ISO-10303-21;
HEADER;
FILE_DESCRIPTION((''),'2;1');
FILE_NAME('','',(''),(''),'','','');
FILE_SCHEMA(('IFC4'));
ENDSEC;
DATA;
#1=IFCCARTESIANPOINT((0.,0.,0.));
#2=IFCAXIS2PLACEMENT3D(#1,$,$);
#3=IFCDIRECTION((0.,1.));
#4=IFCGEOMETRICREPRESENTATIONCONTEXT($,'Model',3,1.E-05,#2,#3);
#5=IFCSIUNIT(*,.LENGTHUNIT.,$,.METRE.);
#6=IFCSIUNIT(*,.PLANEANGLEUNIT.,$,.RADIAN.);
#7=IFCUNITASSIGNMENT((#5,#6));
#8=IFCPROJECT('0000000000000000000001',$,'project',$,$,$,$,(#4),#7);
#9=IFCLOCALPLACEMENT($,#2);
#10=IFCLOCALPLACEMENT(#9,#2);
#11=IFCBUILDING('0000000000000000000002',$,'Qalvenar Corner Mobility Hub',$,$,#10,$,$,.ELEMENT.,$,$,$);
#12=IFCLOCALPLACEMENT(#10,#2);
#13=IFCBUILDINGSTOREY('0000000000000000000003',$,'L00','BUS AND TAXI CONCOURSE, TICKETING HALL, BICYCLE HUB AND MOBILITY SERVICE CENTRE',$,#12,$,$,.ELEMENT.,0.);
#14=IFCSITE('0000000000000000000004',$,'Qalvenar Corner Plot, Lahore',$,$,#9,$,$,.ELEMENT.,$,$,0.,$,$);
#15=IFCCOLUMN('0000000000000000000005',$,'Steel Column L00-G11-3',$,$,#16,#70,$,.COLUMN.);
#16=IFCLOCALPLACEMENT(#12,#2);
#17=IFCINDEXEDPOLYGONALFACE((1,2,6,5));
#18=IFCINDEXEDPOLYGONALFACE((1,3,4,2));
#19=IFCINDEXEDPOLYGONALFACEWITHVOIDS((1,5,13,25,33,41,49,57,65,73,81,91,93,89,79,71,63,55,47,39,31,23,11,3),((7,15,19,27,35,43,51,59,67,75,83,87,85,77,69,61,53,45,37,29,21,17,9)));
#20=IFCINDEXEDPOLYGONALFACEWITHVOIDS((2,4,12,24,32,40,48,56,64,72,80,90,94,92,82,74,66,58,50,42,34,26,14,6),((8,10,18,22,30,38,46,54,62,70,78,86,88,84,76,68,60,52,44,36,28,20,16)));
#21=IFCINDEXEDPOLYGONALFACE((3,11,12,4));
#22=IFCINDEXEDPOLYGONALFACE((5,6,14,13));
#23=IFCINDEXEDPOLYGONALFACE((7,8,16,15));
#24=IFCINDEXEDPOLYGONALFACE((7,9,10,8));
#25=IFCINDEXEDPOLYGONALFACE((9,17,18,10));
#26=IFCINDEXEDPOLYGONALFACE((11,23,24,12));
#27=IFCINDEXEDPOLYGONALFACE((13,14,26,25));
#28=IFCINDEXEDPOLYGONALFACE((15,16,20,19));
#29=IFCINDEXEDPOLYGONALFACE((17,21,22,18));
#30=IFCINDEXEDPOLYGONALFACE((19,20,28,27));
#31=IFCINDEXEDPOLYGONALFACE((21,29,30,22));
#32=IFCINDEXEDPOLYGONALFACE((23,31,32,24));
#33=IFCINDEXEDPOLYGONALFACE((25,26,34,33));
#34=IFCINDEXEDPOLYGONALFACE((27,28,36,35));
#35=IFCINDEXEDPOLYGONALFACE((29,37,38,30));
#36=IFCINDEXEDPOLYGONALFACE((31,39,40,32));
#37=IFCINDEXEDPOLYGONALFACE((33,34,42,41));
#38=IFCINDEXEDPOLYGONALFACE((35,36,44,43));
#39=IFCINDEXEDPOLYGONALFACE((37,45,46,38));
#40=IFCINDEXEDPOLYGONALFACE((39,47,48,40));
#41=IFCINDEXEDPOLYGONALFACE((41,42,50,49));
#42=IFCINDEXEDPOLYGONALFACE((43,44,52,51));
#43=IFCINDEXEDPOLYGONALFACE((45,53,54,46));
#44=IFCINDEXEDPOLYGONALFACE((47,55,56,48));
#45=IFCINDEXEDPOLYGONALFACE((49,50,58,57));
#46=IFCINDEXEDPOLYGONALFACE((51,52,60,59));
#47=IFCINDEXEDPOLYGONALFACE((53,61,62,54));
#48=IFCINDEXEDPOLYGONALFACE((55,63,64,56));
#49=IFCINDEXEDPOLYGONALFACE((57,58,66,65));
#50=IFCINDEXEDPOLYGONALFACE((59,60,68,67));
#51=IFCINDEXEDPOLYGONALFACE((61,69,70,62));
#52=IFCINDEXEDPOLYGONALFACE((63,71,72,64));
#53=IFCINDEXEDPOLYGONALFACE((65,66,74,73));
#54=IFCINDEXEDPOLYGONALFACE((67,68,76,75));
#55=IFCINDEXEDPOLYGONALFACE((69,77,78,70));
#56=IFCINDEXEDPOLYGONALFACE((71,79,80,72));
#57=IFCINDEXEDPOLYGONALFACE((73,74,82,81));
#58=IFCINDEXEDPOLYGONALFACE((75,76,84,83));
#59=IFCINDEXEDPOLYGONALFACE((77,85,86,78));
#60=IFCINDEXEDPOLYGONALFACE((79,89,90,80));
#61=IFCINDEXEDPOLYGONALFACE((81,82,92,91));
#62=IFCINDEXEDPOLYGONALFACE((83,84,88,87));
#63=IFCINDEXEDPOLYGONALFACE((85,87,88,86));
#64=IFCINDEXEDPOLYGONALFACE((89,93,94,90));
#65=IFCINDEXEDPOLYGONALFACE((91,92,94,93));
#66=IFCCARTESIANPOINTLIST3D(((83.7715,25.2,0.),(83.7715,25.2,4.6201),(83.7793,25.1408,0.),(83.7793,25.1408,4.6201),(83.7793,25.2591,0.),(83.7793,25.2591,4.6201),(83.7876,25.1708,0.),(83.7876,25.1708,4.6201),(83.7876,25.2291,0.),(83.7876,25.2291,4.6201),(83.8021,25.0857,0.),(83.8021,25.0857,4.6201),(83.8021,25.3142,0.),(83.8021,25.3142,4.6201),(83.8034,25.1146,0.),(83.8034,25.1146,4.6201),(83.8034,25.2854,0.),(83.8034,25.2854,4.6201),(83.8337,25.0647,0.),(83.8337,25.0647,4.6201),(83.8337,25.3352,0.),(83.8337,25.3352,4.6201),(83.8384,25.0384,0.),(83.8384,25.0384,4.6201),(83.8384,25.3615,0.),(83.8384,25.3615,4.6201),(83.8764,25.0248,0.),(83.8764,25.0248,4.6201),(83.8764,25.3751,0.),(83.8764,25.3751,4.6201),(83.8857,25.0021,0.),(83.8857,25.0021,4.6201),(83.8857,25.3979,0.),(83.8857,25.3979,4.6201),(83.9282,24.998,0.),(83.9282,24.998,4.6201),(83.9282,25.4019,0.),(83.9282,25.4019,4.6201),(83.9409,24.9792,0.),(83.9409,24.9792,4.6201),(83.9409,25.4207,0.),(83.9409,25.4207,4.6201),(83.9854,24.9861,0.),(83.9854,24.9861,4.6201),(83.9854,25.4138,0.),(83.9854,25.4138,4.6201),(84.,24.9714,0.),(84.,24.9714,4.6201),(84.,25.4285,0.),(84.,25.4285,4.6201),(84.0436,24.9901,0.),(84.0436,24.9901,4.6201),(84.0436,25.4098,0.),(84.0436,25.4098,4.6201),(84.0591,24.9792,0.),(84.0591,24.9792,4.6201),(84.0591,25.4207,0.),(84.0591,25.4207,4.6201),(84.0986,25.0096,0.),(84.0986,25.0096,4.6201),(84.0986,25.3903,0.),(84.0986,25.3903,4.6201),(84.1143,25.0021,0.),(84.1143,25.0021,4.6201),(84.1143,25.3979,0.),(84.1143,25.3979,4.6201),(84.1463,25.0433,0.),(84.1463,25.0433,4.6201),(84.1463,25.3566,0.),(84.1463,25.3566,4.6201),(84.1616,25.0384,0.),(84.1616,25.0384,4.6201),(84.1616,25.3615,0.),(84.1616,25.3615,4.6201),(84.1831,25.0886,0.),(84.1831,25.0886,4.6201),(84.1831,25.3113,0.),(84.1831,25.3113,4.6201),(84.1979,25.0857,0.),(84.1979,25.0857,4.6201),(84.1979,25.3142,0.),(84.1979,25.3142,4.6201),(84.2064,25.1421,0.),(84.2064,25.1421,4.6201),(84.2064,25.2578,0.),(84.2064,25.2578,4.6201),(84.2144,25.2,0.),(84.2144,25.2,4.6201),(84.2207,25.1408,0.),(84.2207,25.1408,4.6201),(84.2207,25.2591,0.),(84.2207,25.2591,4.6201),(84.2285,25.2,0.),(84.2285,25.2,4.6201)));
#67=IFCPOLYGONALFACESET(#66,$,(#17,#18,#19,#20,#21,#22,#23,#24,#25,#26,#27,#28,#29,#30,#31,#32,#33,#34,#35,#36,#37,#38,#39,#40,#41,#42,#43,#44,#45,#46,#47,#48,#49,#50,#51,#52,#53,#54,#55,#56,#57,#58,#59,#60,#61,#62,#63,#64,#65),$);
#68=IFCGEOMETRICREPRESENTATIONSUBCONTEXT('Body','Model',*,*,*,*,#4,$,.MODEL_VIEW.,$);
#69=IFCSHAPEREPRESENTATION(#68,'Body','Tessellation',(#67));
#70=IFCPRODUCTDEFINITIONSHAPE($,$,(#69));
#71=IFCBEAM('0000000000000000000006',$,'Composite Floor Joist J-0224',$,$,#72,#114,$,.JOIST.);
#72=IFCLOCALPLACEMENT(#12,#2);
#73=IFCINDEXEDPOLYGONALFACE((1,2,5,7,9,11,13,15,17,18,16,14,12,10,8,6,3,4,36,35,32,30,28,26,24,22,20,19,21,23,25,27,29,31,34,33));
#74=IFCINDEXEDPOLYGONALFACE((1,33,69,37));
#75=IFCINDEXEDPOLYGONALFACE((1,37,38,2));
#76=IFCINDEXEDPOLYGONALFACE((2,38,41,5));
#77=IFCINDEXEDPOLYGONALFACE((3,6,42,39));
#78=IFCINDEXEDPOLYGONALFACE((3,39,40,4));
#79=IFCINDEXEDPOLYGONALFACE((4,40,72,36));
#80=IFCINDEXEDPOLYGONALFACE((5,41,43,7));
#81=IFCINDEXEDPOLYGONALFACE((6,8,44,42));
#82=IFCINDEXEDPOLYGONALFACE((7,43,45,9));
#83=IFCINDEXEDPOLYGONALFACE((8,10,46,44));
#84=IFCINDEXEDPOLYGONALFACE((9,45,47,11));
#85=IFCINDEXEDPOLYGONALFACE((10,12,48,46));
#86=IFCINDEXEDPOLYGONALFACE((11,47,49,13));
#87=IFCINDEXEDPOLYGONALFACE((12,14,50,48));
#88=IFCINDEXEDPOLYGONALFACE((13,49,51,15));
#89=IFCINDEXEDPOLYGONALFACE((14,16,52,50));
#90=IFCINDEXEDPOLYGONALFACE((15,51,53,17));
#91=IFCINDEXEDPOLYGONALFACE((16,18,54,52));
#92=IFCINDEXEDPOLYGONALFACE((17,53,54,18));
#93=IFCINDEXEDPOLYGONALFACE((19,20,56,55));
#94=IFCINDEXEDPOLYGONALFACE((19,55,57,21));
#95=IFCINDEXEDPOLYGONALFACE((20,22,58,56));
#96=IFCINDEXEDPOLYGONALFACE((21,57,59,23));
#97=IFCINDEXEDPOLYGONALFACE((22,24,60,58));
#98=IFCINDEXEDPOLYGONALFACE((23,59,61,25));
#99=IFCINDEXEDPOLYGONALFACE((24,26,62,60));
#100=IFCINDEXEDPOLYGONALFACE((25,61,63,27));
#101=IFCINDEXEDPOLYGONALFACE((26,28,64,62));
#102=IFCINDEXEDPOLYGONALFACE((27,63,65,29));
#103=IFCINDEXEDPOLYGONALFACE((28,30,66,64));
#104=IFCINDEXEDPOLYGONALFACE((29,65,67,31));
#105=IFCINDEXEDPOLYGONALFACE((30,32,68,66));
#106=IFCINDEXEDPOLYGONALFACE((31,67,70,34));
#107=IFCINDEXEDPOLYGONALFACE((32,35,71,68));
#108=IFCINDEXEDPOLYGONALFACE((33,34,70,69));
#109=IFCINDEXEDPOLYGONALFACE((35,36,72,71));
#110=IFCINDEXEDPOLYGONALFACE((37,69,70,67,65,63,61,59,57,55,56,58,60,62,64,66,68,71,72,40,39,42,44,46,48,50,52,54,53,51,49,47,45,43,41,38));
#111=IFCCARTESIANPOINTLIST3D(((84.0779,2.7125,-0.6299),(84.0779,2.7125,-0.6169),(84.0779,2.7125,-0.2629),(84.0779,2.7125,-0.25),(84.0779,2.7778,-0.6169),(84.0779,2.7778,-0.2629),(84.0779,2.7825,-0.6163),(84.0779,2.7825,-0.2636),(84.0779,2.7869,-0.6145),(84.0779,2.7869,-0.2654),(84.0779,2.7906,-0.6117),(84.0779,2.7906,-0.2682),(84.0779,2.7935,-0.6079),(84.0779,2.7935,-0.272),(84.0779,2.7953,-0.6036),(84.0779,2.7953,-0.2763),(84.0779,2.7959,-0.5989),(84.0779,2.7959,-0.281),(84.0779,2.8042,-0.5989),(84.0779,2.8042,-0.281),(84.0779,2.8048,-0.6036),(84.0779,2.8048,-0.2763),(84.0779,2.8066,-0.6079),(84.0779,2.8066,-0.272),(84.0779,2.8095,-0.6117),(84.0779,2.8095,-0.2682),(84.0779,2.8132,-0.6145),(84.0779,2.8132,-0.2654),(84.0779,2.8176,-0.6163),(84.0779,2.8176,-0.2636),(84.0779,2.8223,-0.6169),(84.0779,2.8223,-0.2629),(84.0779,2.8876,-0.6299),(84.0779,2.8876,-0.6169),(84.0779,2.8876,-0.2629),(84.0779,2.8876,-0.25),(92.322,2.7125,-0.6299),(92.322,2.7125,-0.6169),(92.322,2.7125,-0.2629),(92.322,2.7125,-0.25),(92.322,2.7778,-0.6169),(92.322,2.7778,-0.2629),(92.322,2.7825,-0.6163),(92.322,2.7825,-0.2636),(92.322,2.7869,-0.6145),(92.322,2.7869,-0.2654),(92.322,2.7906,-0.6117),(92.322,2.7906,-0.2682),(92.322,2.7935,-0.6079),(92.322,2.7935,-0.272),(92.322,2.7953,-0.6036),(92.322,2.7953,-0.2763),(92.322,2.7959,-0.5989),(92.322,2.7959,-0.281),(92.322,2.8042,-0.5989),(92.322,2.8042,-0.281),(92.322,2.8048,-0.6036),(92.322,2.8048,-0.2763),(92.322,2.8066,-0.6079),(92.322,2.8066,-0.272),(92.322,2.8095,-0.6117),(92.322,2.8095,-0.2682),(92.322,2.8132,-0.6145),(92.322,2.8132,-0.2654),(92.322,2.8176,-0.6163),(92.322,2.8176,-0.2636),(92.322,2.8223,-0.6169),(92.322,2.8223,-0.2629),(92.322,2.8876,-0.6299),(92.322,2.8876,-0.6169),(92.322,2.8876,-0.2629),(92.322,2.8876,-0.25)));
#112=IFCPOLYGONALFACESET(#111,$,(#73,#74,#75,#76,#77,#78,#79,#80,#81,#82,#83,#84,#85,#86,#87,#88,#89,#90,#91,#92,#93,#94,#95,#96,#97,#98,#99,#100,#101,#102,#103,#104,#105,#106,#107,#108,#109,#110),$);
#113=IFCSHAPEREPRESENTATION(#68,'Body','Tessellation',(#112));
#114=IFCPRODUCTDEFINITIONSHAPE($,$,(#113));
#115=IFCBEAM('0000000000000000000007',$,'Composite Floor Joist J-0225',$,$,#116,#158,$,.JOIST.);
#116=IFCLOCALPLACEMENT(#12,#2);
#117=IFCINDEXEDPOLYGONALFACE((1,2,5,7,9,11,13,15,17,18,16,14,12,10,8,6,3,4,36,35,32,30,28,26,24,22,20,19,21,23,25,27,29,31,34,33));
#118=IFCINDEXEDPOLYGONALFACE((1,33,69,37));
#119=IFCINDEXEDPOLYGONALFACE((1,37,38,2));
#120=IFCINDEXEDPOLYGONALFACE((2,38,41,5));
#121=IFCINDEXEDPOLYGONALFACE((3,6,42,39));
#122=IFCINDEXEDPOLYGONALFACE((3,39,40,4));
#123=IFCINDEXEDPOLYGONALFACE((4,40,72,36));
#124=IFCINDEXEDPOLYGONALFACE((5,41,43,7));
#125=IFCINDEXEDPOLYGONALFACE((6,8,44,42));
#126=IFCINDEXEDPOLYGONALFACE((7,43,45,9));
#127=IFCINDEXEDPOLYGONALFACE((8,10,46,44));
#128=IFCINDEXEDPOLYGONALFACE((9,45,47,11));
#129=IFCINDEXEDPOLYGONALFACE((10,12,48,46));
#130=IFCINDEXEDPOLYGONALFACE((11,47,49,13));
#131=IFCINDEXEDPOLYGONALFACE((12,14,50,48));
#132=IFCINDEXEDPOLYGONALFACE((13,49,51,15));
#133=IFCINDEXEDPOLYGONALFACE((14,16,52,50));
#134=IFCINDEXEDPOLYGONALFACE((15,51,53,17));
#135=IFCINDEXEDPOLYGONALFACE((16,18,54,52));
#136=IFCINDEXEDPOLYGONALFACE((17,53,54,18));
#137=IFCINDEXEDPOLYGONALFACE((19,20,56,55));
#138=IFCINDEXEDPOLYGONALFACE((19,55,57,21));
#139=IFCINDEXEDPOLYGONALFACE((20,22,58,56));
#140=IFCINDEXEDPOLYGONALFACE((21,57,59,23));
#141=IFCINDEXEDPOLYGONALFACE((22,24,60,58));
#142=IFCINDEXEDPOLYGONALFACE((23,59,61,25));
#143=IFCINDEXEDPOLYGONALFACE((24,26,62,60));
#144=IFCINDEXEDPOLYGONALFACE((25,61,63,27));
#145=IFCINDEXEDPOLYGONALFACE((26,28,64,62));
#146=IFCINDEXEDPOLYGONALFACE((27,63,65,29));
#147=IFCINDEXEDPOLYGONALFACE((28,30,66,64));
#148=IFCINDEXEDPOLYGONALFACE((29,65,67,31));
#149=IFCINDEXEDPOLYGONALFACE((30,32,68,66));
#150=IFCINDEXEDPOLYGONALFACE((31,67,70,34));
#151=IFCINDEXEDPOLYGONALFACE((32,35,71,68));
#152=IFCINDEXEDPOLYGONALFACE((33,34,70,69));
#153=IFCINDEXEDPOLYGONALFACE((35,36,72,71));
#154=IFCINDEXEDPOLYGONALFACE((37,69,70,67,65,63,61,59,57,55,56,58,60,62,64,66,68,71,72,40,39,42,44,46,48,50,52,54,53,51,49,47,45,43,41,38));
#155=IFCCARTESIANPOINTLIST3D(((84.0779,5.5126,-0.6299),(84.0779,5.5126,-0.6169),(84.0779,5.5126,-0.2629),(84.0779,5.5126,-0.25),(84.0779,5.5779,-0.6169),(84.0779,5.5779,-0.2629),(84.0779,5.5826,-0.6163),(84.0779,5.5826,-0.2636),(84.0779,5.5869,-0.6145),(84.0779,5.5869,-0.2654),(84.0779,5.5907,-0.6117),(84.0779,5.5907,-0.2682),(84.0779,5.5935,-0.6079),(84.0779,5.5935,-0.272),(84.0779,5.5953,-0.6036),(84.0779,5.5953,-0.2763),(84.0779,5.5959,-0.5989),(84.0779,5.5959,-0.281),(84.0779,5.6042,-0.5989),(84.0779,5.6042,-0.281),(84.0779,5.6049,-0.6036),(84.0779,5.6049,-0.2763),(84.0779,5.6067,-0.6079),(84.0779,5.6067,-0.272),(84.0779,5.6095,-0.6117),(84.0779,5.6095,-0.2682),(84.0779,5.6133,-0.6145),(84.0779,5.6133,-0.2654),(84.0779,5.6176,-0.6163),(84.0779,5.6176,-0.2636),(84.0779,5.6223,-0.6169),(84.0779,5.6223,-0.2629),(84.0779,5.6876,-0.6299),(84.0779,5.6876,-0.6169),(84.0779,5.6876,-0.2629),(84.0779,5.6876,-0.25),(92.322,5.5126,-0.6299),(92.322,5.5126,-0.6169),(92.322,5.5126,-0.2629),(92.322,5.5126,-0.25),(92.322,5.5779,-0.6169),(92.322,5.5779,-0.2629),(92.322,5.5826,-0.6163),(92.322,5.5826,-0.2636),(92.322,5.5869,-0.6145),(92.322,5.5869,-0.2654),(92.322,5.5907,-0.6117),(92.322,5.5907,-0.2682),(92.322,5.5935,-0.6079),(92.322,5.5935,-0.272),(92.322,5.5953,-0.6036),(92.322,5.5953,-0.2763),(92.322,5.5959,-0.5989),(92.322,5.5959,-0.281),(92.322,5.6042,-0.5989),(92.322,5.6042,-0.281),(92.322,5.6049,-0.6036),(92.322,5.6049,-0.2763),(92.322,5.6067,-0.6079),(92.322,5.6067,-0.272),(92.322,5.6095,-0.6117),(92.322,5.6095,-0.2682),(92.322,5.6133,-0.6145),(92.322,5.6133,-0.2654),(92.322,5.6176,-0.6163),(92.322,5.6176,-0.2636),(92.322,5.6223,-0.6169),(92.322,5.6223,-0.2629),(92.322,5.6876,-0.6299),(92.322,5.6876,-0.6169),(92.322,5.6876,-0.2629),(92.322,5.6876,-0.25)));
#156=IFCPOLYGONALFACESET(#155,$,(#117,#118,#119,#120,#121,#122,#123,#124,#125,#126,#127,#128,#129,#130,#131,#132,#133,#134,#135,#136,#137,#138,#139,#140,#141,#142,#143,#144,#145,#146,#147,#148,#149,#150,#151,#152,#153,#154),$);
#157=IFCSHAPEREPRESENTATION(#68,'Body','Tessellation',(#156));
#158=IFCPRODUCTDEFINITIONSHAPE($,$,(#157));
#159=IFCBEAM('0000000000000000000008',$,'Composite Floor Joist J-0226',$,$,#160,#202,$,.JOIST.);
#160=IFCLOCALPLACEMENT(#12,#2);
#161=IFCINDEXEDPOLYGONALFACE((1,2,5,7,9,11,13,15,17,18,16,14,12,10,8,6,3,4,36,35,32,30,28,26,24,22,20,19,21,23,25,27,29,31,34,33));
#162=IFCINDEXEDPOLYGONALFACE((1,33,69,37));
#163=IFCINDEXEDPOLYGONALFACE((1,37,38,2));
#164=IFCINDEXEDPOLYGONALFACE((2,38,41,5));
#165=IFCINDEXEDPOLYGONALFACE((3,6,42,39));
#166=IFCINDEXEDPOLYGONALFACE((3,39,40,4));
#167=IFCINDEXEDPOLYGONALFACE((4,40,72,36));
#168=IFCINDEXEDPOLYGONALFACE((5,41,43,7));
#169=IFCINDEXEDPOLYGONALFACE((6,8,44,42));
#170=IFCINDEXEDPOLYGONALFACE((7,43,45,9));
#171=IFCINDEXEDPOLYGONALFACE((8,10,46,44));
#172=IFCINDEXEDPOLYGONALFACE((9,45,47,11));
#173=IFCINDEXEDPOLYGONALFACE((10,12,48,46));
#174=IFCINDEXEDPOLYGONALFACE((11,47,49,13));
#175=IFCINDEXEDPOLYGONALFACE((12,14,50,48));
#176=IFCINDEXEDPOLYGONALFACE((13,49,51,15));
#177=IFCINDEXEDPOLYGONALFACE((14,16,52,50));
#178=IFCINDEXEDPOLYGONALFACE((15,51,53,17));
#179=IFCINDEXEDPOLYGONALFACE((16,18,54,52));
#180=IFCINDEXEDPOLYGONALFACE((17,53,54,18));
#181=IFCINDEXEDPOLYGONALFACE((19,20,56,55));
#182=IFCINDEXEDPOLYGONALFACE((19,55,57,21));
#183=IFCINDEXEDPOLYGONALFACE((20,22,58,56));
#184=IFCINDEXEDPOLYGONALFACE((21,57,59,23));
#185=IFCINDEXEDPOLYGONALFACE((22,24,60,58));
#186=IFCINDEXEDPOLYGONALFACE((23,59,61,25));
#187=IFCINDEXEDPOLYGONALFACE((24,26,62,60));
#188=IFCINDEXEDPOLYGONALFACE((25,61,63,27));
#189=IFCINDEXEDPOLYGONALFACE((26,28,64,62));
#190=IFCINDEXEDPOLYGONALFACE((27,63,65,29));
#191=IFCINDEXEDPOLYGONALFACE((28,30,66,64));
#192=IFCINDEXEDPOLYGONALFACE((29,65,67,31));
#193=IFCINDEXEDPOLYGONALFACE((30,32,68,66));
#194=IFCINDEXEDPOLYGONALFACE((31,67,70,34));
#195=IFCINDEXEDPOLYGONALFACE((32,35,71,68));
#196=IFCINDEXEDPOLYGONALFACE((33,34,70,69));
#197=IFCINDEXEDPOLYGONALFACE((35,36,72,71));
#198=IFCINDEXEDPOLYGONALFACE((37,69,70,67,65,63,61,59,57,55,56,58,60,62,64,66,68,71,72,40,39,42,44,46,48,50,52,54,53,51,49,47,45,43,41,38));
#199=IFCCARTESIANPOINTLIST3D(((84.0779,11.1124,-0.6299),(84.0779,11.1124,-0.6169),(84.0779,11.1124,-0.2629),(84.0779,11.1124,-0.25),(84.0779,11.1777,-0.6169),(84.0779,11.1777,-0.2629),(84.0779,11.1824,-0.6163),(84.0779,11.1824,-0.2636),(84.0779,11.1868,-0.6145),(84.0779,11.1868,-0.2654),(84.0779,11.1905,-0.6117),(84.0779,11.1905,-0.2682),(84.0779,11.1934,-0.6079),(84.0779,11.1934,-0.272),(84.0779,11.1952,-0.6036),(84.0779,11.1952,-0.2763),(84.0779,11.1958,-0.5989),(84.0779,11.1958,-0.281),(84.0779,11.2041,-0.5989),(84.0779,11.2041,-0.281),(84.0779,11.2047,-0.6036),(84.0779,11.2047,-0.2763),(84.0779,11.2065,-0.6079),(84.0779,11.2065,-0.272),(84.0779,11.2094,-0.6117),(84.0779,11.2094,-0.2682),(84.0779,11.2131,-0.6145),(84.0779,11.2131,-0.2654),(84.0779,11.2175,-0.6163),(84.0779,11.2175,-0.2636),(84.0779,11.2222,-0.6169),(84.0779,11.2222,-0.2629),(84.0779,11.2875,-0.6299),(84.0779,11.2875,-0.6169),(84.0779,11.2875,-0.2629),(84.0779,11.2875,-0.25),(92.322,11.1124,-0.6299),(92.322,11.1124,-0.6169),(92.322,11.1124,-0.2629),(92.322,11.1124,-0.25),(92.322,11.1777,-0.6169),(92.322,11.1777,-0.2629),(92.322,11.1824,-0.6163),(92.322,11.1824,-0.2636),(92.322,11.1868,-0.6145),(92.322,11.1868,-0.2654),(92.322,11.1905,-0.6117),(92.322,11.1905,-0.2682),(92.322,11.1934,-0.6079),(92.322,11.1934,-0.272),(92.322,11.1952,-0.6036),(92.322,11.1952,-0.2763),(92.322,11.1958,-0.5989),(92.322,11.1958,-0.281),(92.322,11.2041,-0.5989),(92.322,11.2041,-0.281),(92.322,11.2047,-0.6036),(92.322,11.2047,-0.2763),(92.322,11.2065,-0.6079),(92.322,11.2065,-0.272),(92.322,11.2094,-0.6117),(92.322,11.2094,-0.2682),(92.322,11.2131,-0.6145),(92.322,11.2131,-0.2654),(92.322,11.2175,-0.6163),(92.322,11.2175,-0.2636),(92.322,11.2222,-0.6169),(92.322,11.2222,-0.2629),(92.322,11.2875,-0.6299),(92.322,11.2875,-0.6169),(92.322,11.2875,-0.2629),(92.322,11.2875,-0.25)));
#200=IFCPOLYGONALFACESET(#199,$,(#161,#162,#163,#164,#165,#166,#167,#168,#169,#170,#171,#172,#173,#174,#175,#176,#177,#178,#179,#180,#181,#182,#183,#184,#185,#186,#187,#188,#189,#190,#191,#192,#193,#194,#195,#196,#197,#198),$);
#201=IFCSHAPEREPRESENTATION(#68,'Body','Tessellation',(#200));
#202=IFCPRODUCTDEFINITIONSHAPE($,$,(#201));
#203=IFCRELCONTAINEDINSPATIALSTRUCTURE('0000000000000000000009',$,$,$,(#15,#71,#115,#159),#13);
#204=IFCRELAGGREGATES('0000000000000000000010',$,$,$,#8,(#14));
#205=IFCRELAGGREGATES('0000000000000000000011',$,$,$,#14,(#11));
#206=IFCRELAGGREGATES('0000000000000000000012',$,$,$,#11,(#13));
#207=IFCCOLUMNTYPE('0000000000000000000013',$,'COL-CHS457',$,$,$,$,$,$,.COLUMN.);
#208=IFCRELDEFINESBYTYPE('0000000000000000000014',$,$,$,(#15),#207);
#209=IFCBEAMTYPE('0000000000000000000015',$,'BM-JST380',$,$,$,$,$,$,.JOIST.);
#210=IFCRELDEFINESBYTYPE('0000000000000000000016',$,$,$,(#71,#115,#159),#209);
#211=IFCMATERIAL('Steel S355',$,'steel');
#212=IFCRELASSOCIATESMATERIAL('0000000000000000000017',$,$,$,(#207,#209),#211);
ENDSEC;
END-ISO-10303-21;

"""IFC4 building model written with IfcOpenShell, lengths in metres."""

from ifc_helpers import new_model, si_unit, direction, frame, origin, origin_2d, place, context, subcontext, project, spatial, hollow_circle, i_section, extrude, material, material_profile, profile_set, type_object, element, save


model = new_model("IFC4")

# Units and contexts
model_context = context("Model", 3, precision=1e-05, world=origin(), true_north=direction((0.0, 1.0)))
body_context = subcontext(model_context, "Body", "Model", "MODEL_VIEW")
ifc_project = project(units=[si_unit("LENGTHUNIT", "METRE"), si_unit("PLANEANGLEUNIT", "RADIAN")], contexts=[model_context])

# Site, building, storey
site_placement = place(None, origin())
site = spatial("IfcSite", under=ifc_project, at=site_placement, Name="Qalvenar Corner Plot, Lahore", CompositionType="ELEMENT", RefElevation=0.0)
building_placement = place(site_placement, origin())
building = spatial("IfcBuilding", under=site, at=building_placement, Name="Qalvenar Corner Mobility Hub", CompositionType="ELEMENT")
storey_placement = place(building_placement, origin())
storey = spatial("IfcBuildingStorey", under=building, at=storey_placement, Name="L00", Description="BUS AND TAXI CONCOURSE, TICKETING HALL, BICYCLE HUB AND MOBILITY SERVICE CENTRE", CompositionType="ELEMENT", Elevation=0.0)

# Column
ifc_material_1 = material(Name="Steel S355", Category="steel")
ifc_material_profile_1 = material_profile(ifc_material_1, hollow_circle(Radius=0.2285, WallThickness=0.0142, at=origin_2d()), Name="CHS457x14.2")
ifc_profile_set_1 = profile_set([ifc_material_profile_1], Name="Steel S355")
column_type = type_object("IfcColumnType", Name="COL-CHS457", PredefinedType="COLUMN", material=ifc_profile_set_1)
column_placement = place(storey_placement, frame((84.0, 25.2, 0.0), z_axis=(0.0, 0.0, 1.0), x_axis=(1.0, 0.0, 0.0)))
element("IfcColumn", 1, at=column_placement, inside=storey, type_object=column_type, Name="Steel Column L00-G11-3", PredefinedType="COLUMN", context=body_context, shape_type="SweptSolid", body=[
    extrude(hollow_circle(Radius=0.2285, WallThickness=0.0142, at=origin_2d()), origin(), (0.0, 0.0, 1.0), 4.6201),
])

# Beams
ifc_material_profile_2 = material_profile(ifc_material_1, i_section(OverallWidth=0.175, OverallDepth=0.3799, WebThickness=0.0083, FlangeThickness=0.0129, FilletRadius=0.0181, at=origin_2d()), Name="IPE380-EQ")
ifc_profile_set_2 = profile_set([ifc_material_profile_2], Name="Steel S355")
beam_type_1 = type_object("IfcBeamType", Name="BM-JST380", PredefinedType="JOIST", material=ifc_profile_set_2)
for number, where, z_axis, x_axis, name in (
    (2, (84.0779, 2.8, -0.4399), (1.0, 0.0, 0.0), (0.0, 1.0, 0.0), "Composite Floor Joist J-0224"),
    (3, (84.0779, 5.6001, -0.4399), (1.0, 0.0, 0.0), (0.0, 1.0, 0.0), "Composite Floor Joist J-0225"),
    (4, (84.0779, 11.2, -0.4399), (1.0, 0.0, 0.0), (0.0, 1.0, 0.0), "Composite Floor Joist J-0226"),
):
    element("IfcBeam", number, at=place(storey_placement, frame(where, z_axis=z_axis, x_axis=x_axis)), inside=storey, type_object=beam_type_1, Name=name, PredefinedType="JOIST", context=body_context, shape_type="SweptSolid", body=[
        extrude(i_section(OverallWidth=0.175, OverallDepth=0.3799, WebThickness=0.0083, FlangeThickness=0.0129, FilletRadius=0.0181, at=origin_2d()), origin(), (0.0, 0.0, 1.0), 8.2441),
    ])

save(model, "model.ifc")
